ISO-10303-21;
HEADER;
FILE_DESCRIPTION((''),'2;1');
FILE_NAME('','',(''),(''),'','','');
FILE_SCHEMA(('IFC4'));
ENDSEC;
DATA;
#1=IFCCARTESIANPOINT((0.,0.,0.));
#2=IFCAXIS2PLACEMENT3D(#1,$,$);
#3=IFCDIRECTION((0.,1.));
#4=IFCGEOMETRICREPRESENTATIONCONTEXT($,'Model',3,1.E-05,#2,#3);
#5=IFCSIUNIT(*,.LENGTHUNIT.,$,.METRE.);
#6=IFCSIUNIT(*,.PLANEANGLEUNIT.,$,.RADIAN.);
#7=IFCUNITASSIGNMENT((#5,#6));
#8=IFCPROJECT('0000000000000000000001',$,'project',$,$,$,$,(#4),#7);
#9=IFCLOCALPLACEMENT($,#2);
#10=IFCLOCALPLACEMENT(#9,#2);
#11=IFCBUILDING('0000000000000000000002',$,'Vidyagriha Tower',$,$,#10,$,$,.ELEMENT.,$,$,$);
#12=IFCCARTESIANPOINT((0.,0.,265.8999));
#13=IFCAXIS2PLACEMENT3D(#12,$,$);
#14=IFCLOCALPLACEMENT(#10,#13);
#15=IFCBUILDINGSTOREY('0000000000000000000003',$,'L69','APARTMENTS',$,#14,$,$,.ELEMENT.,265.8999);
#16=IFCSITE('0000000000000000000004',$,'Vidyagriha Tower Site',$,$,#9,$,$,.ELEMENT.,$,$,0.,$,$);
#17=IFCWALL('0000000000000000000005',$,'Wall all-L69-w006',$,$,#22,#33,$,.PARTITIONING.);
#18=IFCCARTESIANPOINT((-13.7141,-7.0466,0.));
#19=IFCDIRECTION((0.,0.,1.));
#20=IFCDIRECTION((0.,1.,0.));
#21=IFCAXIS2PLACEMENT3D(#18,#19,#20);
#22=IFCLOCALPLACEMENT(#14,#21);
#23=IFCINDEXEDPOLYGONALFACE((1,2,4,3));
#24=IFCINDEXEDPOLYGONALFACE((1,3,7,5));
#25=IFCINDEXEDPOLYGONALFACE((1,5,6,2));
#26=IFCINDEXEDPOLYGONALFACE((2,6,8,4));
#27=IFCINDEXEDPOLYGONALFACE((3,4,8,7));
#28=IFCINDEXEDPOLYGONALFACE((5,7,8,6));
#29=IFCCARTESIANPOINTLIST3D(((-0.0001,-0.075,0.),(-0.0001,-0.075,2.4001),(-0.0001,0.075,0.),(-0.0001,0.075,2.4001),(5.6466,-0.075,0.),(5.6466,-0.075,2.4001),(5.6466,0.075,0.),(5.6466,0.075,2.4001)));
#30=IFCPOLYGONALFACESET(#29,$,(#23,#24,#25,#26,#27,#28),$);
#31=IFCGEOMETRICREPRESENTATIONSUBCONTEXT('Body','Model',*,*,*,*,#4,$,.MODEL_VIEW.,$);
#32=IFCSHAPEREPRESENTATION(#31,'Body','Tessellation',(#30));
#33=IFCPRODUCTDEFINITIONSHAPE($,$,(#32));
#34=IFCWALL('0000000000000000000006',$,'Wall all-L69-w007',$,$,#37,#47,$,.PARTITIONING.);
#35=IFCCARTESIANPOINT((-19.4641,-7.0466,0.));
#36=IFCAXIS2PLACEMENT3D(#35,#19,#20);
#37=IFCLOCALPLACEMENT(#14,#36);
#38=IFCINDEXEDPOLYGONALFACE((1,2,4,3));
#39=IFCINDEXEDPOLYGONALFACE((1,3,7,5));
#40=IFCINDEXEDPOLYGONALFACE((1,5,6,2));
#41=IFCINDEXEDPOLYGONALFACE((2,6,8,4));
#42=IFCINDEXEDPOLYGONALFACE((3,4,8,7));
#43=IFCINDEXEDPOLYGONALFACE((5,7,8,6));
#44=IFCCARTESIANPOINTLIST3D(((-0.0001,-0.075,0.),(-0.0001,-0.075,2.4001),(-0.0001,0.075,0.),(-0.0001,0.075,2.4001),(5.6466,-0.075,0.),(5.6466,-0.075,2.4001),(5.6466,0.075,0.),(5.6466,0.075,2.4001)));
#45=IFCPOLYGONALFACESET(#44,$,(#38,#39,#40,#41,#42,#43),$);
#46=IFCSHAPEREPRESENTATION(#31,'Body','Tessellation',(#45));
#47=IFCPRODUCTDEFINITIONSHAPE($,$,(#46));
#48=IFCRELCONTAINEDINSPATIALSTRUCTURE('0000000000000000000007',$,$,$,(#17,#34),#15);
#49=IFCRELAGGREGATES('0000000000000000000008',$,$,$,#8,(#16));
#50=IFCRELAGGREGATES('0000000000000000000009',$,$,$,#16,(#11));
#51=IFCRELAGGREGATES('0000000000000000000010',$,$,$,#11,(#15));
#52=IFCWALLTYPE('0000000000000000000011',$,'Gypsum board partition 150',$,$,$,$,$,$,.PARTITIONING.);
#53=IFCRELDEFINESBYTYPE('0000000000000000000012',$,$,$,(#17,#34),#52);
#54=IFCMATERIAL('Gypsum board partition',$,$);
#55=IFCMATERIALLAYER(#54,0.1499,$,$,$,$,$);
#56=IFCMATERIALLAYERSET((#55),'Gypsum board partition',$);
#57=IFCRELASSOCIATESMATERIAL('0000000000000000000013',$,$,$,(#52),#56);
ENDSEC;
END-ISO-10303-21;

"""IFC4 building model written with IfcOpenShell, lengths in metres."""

from ifc_helpers import new_model, si_unit, direction, frame, frame_2d, origin, place, context, subcontext, project, spatial, rectangle, extrude, material, layer, layer_set, type_object, element, save


model = new_model("IFC4")

# Units and contexts
model_context = context("Model", 3, precision=1e-05, world=origin(), true_north=direction((0.0, 1.0)))
body_context = subcontext(model_context, "Body", "Model", "MODEL_VIEW")
ifc_project = project(units=[si_unit("LENGTHUNIT", "METRE"), si_unit("PLANEANGLEUNIT", "RADIAN")], contexts=[model_context])

# Site, building, storey
site_placement = place(None, origin())
site = spatial("IfcSite", under=ifc_project, at=site_placement, Name="Vidyagriha Tower Site", CompositionType="ELEMENT", RefElevation=0.0)
building_placement = place(site_placement, origin())
building = spatial("IfcBuilding", under=site, at=building_placement, Name="Vidyagriha Tower", CompositionType="ELEMENT")
storey_placement = place(building_placement, frame((0.0, 0.0, 265.8999)))
storey = spatial("IfcBuildingStorey", under=building, at=storey_placement, Name="L69", Description="APARTMENTS", CompositionType="ELEMENT", Elevation=265.8999)

# Walls
ifc_material_1 = material(Name="Gypsum board partition")
ifc_layer_1 = layer(ifc_material_1, 0.1499)
ifc_layer_set_1 = layer_set([ifc_layer_1], Name="Gypsum board partition")
wall_type_1 = type_object("IfcWallType", Name="Gypsum board partition 150", PredefinedType="PARTITIONING", material=ifc_layer_set_1)
for number, where, z_axis, x_axis, name in (
    (1, (-13.7141, -7.0466, 0.0), (0.0, 0.0, 1.0), (0.0, 1.0, 0.0), "Wall all-L69-w006"),
    (2, (-19.4641, -7.0466, 0.0), (0.0, 0.0, 1.0), (0.0, 1.0, 0.0), "Wall all-L69-w007"),
):
    element("IfcWall", number, at=place(storey_placement, frame(where, z_axis=z_axis, x_axis=x_axis)), inside=storey, type_object=wall_type_1, Name=name, PredefinedType="PARTITIONING", context=body_context, shape_type="SweptSolid", body=[
        extrude(rectangle(XDim=5.6467, YDim=0.1499, at=frame_2d((2.8232, 0.0))), origin(), (0.0, 0.0, 1.0), 2.4001),
    ])

save(model, "model.ifc")
